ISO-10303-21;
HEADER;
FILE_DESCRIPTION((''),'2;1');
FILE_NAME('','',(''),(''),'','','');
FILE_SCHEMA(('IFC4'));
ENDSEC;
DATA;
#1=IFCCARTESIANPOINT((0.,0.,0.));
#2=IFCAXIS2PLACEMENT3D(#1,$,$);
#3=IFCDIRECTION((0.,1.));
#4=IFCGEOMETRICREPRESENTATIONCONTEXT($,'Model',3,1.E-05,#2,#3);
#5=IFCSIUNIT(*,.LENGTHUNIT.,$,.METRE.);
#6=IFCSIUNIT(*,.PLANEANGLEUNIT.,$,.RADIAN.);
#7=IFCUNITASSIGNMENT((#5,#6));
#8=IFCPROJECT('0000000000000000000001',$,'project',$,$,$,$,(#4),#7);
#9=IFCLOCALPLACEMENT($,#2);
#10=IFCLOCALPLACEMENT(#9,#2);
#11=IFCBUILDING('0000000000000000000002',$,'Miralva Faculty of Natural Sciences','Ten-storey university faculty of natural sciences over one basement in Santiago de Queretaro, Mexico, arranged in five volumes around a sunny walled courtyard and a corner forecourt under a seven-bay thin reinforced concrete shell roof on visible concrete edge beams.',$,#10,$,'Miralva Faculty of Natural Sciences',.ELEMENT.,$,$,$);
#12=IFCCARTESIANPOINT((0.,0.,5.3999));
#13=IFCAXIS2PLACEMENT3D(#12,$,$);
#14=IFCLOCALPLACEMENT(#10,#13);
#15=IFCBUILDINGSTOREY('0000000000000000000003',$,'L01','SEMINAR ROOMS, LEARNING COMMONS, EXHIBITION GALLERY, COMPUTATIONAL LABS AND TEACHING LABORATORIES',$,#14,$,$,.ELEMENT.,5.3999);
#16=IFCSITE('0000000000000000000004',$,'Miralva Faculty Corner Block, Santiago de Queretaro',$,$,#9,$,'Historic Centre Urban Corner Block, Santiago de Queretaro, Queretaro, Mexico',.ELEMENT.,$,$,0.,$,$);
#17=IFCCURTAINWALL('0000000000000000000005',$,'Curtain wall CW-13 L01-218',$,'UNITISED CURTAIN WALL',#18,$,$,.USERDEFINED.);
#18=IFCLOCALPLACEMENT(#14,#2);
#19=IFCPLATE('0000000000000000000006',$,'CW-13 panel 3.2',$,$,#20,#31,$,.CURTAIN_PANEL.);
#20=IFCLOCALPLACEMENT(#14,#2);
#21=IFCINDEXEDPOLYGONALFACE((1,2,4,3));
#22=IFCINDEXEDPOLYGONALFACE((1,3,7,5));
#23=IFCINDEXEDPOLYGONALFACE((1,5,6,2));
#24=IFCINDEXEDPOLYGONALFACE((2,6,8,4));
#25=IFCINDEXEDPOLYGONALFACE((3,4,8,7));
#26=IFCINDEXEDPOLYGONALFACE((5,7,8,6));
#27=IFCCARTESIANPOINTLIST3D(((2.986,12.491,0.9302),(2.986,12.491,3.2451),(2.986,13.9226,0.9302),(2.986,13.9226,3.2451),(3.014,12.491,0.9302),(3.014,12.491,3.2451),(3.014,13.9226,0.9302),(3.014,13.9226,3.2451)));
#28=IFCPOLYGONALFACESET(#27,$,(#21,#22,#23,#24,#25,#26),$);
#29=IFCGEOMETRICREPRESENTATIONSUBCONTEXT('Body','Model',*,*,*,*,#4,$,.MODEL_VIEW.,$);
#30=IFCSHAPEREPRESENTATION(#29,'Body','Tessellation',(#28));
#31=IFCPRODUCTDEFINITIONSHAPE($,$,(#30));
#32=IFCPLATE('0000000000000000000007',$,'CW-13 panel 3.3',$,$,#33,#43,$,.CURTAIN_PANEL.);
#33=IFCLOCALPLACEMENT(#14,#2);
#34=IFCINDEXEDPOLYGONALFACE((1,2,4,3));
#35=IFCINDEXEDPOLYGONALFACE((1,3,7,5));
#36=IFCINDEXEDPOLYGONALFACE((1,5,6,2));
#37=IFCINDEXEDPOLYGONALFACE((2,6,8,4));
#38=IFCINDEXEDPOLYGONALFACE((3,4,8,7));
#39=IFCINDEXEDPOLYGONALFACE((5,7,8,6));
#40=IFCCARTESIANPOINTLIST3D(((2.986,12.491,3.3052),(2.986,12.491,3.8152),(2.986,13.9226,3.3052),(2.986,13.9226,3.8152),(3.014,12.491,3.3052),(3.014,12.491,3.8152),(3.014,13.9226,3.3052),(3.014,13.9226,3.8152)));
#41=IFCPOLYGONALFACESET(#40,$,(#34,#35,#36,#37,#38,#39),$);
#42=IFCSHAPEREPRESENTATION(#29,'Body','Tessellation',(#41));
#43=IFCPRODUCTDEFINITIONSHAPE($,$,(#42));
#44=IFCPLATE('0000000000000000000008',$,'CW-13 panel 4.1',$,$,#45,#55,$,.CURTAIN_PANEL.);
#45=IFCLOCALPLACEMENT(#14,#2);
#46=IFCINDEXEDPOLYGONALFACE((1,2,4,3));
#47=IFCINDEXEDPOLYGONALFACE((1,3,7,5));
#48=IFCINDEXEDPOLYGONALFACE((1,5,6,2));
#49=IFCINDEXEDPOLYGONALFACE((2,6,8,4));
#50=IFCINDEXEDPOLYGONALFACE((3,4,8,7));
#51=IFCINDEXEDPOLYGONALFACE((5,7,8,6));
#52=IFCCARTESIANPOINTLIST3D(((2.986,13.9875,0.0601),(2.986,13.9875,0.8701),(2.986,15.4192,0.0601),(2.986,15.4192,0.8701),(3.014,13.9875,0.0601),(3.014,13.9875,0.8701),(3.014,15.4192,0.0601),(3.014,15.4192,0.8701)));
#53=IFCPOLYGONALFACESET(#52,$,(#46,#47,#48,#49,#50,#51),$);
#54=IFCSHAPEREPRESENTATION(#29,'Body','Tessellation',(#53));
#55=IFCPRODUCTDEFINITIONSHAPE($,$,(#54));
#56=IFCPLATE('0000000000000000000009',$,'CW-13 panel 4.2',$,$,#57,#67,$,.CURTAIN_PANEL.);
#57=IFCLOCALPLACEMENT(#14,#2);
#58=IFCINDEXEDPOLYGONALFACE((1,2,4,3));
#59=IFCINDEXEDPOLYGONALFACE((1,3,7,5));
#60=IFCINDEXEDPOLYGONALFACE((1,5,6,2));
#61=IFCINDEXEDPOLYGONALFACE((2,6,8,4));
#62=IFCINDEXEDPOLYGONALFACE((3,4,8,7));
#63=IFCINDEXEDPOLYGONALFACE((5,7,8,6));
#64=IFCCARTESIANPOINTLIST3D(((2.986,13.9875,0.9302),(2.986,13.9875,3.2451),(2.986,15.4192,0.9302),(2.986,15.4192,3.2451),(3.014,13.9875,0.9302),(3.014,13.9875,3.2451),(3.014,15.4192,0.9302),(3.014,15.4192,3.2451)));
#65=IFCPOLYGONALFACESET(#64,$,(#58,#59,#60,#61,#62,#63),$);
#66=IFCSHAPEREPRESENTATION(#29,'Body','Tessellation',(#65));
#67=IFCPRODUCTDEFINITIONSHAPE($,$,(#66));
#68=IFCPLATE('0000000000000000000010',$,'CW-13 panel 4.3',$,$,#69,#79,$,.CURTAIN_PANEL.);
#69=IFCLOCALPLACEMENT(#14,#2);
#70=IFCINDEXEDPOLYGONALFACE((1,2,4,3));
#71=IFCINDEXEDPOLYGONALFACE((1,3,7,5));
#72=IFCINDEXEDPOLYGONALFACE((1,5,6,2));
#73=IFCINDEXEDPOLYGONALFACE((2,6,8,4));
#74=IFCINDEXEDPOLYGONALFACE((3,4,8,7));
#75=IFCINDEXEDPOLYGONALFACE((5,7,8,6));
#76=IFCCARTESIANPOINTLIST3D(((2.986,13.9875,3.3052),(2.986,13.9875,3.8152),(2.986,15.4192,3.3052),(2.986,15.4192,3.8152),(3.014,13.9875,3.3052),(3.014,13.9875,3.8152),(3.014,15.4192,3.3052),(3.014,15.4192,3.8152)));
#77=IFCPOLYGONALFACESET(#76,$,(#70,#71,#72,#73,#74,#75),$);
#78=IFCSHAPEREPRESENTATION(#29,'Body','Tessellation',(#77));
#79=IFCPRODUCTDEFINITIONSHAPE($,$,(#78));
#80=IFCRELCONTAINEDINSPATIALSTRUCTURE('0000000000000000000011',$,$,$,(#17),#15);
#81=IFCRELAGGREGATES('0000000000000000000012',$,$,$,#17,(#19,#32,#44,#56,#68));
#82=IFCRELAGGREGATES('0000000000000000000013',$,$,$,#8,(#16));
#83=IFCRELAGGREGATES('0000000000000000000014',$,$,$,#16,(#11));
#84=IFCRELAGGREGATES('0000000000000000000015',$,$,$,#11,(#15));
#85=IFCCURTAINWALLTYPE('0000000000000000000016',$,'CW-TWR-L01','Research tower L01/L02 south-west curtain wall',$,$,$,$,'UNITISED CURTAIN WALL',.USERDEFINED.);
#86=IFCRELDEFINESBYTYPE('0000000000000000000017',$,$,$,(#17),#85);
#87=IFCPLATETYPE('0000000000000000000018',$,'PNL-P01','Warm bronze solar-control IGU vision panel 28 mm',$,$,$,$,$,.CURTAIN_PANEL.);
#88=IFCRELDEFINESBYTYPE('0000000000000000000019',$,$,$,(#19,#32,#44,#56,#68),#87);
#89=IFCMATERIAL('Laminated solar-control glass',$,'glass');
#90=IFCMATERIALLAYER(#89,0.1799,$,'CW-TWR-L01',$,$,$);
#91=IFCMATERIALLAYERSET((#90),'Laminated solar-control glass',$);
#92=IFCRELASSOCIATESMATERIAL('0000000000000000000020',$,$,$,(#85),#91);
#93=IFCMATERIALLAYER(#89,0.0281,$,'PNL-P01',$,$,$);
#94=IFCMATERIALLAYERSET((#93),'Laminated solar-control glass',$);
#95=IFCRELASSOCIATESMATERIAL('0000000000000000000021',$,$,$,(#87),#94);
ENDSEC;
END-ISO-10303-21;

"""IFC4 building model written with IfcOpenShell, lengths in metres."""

from ifc_helpers import new_model, si_unit, direction, frame, origin, origin_2d, place, context, subcontext, project, spatial, rectangle, extrude, material, layer, layer_set, type_object, element, aggregate, save


model = new_model("IFC4")

# Units and contexts
model_context = context("Model", 3, precision=1e-05, world=origin(), true_north=direction((0.0, 1.0)))
body_context = subcontext(model_context, "Body", "Model", "MODEL_VIEW")
ifc_project = project(units=[si_unit("LENGTHUNIT", "METRE"), si_unit("PLANEANGLEUNIT", "RADIAN")], contexts=[model_context])

# Site, building, storey
site_placement = place(None, origin())
site = spatial("IfcSite", under=ifc_project, at=site_placement, Name="Miralva Faculty Corner Block, Santiago de Queretaro", LongName="Historic Centre Urban Corner Block, Santiago de Queretaro, Queretaro, Mexico", CompositionType="ELEMENT", RefElevation=0.0)
building_placement = place(site_placement, origin())
building = spatial("IfcBuilding", under=site, at=building_placement, Name="Miralva Faculty of Natural Sciences", Description="Ten-storey university faculty of natural sciences over one basement in Santiago de Queretaro, Mexico, arranged in five volumes around a sunny walled courtyard and a corner forecourt under a seven-bay thin reinforced concrete shell roof on visible concrete edge beams.", LongName="Miralva Faculty of Natural Sciences", CompositionType="ELEMENT")
storey_placement = place(building_placement, frame((0.0, 0.0, 5.3999)))
storey = spatial("IfcBuildingStorey", under=building, at=storey_placement, Name="L01", Description="SEMINAR ROOMS, LEARNING COMMONS, EXHIBITION GALLERY, COMPUTATIONAL LABS AND TEACHING LABORATORIES", CompositionType="ELEMENT", Elevation=5.3999)

# Curtain wall, plates
ifc_material_1 = material(Name="Laminated solar-control glass", Category="glass")
ifc_layer_1 = layer(ifc_material_1, 0.1799, Name="CW-TWR-L01")
ifc_layer_set_1 = layer_set([ifc_layer_1], Name="Laminated solar-control glass")
curtain_wall_type = type_object("IfcCurtainWallType", Name="CW-TWR-L01", Description="Research tower L01/L02 south-west curtain wall", ElementType="UNITISED CURTAIN WALL", PredefinedType="USERDEFINED", material=ifc_layer_set_1)
curtain_wall_placement = place(storey_placement, origin())
curtain_wall = element("IfcCurtainWall", 1, at=curtain_wall_placement, inside=storey, type_object=curtain_wall_type, Name="Curtain wall CW-13 L01-218", ObjectType="UNITISED CURTAIN WALL", PredefinedType="USERDEFINED")
ifc_layer_2 = layer(ifc_material_1, 0.0281, Name="PNL-P01")
ifc_layer_set_2 = layer_set([ifc_layer_2], Name="Laminated solar-control glass")
plate_type = type_object("IfcPlateType", Name="PNL-P01", Description="Warm bronze solar-control IGU vision panel 28 mm", PredefinedType="CURTAIN_PANEL", material=ifc_layer_set_2)
plate_1_placement = place(storey_placement, frame((3.0, 13.2068, 0.9302), z_axis=(0.0, 0.0, 1.0), x_axis=(0.0, 1.0, 0.0)))
plate_1 = element("IfcPlate", 2, at=plate_1_placement, type_object=plate_type, Name="CW-13 panel 3.2", PredefinedType="CURTAIN_PANEL", context=body_context, shape_type="SweptSolid", body=[
    extrude(rectangle(XDim=1.4316, YDim=0.0281, at=origin_2d()), origin(), (0.0, 0.0, 1.0), 2.3149),
])
plate_2_placement = place(storey_placement, frame((3.0, 13.2068, 3.3052), z_axis=(0.0, 0.0, 1.0), x_axis=(0.0, 1.0, 0.0)))
plate_2 = element("IfcPlate", 3, at=plate_2_placement, type_object=plate_type, Name="CW-13 panel 3.3", PredefinedType="CURTAIN_PANEL", context=body_context, shape_type="SweptSolid", body=[
    extrude(rectangle(XDim=1.4316, YDim=0.0281, at=origin_2d()), origin(), (0.0, 0.0, 1.0), 0.51),
])
plate_3_placement = place(storey_placement, frame((3.0, 14.7034, 0.0601), z_axis=(0.0, 0.0, 1.0), x_axis=(0.0, 1.0, 0.0)))
plate_3 = element("IfcPlate", 4, at=plate_3_placement, type_object=plate_type, Name="CW-13 panel 4.1", PredefinedType="CURTAIN_PANEL", context=body_context, shape_type="SweptSolid", body=[
    extrude(rectangle(XDim=1.4316, YDim=0.0281, at=origin_2d()), origin(), (0.0, 0.0, 1.0), 0.8101),
])
plate_4_placement = place(storey_placement, frame((3.0, 14.7034, 0.9302), z_axis=(0.0, 0.0, 1.0), x_axis=(0.0, 1.0, 0.0)))
plate_4 = element("IfcPlate", 5, at=plate_4_placement, type_object=plate_type, Name="CW-13 panel 4.2", PredefinedType="CURTAIN_PANEL", context=body_context, shape_type="SweptSolid", body=[
    extrude(rectangle(XDim=1.4316, YDim=0.0281, at=origin_2d()), origin(), (0.0, 0.0, 1.0), 2.3149),
])
plate_5_placement = place(storey_placement, frame((3.0, 14.7034, 3.3052), z_axis=(0.0, 0.0, 1.0), x_axis=(0.0, 1.0, 0.0)))
plate_5 = element("IfcPlate", 6, at=plate_5_placement, type_object=plate_type, Name="CW-13 panel 4.3", PredefinedType="CURTAIN_PANEL", context=body_context, shape_type="SweptSolid", body=[
    extrude(rectangle(XDim=1.4316, YDim=0.0281, at=origin_2d()), origin(), (0.0, 0.0, 1.0), 0.51),
])
aggregate(curtain_wall, [plate_1, plate_2, plate_3, plate_4, plate_5])

save(model, "model.ifc")
